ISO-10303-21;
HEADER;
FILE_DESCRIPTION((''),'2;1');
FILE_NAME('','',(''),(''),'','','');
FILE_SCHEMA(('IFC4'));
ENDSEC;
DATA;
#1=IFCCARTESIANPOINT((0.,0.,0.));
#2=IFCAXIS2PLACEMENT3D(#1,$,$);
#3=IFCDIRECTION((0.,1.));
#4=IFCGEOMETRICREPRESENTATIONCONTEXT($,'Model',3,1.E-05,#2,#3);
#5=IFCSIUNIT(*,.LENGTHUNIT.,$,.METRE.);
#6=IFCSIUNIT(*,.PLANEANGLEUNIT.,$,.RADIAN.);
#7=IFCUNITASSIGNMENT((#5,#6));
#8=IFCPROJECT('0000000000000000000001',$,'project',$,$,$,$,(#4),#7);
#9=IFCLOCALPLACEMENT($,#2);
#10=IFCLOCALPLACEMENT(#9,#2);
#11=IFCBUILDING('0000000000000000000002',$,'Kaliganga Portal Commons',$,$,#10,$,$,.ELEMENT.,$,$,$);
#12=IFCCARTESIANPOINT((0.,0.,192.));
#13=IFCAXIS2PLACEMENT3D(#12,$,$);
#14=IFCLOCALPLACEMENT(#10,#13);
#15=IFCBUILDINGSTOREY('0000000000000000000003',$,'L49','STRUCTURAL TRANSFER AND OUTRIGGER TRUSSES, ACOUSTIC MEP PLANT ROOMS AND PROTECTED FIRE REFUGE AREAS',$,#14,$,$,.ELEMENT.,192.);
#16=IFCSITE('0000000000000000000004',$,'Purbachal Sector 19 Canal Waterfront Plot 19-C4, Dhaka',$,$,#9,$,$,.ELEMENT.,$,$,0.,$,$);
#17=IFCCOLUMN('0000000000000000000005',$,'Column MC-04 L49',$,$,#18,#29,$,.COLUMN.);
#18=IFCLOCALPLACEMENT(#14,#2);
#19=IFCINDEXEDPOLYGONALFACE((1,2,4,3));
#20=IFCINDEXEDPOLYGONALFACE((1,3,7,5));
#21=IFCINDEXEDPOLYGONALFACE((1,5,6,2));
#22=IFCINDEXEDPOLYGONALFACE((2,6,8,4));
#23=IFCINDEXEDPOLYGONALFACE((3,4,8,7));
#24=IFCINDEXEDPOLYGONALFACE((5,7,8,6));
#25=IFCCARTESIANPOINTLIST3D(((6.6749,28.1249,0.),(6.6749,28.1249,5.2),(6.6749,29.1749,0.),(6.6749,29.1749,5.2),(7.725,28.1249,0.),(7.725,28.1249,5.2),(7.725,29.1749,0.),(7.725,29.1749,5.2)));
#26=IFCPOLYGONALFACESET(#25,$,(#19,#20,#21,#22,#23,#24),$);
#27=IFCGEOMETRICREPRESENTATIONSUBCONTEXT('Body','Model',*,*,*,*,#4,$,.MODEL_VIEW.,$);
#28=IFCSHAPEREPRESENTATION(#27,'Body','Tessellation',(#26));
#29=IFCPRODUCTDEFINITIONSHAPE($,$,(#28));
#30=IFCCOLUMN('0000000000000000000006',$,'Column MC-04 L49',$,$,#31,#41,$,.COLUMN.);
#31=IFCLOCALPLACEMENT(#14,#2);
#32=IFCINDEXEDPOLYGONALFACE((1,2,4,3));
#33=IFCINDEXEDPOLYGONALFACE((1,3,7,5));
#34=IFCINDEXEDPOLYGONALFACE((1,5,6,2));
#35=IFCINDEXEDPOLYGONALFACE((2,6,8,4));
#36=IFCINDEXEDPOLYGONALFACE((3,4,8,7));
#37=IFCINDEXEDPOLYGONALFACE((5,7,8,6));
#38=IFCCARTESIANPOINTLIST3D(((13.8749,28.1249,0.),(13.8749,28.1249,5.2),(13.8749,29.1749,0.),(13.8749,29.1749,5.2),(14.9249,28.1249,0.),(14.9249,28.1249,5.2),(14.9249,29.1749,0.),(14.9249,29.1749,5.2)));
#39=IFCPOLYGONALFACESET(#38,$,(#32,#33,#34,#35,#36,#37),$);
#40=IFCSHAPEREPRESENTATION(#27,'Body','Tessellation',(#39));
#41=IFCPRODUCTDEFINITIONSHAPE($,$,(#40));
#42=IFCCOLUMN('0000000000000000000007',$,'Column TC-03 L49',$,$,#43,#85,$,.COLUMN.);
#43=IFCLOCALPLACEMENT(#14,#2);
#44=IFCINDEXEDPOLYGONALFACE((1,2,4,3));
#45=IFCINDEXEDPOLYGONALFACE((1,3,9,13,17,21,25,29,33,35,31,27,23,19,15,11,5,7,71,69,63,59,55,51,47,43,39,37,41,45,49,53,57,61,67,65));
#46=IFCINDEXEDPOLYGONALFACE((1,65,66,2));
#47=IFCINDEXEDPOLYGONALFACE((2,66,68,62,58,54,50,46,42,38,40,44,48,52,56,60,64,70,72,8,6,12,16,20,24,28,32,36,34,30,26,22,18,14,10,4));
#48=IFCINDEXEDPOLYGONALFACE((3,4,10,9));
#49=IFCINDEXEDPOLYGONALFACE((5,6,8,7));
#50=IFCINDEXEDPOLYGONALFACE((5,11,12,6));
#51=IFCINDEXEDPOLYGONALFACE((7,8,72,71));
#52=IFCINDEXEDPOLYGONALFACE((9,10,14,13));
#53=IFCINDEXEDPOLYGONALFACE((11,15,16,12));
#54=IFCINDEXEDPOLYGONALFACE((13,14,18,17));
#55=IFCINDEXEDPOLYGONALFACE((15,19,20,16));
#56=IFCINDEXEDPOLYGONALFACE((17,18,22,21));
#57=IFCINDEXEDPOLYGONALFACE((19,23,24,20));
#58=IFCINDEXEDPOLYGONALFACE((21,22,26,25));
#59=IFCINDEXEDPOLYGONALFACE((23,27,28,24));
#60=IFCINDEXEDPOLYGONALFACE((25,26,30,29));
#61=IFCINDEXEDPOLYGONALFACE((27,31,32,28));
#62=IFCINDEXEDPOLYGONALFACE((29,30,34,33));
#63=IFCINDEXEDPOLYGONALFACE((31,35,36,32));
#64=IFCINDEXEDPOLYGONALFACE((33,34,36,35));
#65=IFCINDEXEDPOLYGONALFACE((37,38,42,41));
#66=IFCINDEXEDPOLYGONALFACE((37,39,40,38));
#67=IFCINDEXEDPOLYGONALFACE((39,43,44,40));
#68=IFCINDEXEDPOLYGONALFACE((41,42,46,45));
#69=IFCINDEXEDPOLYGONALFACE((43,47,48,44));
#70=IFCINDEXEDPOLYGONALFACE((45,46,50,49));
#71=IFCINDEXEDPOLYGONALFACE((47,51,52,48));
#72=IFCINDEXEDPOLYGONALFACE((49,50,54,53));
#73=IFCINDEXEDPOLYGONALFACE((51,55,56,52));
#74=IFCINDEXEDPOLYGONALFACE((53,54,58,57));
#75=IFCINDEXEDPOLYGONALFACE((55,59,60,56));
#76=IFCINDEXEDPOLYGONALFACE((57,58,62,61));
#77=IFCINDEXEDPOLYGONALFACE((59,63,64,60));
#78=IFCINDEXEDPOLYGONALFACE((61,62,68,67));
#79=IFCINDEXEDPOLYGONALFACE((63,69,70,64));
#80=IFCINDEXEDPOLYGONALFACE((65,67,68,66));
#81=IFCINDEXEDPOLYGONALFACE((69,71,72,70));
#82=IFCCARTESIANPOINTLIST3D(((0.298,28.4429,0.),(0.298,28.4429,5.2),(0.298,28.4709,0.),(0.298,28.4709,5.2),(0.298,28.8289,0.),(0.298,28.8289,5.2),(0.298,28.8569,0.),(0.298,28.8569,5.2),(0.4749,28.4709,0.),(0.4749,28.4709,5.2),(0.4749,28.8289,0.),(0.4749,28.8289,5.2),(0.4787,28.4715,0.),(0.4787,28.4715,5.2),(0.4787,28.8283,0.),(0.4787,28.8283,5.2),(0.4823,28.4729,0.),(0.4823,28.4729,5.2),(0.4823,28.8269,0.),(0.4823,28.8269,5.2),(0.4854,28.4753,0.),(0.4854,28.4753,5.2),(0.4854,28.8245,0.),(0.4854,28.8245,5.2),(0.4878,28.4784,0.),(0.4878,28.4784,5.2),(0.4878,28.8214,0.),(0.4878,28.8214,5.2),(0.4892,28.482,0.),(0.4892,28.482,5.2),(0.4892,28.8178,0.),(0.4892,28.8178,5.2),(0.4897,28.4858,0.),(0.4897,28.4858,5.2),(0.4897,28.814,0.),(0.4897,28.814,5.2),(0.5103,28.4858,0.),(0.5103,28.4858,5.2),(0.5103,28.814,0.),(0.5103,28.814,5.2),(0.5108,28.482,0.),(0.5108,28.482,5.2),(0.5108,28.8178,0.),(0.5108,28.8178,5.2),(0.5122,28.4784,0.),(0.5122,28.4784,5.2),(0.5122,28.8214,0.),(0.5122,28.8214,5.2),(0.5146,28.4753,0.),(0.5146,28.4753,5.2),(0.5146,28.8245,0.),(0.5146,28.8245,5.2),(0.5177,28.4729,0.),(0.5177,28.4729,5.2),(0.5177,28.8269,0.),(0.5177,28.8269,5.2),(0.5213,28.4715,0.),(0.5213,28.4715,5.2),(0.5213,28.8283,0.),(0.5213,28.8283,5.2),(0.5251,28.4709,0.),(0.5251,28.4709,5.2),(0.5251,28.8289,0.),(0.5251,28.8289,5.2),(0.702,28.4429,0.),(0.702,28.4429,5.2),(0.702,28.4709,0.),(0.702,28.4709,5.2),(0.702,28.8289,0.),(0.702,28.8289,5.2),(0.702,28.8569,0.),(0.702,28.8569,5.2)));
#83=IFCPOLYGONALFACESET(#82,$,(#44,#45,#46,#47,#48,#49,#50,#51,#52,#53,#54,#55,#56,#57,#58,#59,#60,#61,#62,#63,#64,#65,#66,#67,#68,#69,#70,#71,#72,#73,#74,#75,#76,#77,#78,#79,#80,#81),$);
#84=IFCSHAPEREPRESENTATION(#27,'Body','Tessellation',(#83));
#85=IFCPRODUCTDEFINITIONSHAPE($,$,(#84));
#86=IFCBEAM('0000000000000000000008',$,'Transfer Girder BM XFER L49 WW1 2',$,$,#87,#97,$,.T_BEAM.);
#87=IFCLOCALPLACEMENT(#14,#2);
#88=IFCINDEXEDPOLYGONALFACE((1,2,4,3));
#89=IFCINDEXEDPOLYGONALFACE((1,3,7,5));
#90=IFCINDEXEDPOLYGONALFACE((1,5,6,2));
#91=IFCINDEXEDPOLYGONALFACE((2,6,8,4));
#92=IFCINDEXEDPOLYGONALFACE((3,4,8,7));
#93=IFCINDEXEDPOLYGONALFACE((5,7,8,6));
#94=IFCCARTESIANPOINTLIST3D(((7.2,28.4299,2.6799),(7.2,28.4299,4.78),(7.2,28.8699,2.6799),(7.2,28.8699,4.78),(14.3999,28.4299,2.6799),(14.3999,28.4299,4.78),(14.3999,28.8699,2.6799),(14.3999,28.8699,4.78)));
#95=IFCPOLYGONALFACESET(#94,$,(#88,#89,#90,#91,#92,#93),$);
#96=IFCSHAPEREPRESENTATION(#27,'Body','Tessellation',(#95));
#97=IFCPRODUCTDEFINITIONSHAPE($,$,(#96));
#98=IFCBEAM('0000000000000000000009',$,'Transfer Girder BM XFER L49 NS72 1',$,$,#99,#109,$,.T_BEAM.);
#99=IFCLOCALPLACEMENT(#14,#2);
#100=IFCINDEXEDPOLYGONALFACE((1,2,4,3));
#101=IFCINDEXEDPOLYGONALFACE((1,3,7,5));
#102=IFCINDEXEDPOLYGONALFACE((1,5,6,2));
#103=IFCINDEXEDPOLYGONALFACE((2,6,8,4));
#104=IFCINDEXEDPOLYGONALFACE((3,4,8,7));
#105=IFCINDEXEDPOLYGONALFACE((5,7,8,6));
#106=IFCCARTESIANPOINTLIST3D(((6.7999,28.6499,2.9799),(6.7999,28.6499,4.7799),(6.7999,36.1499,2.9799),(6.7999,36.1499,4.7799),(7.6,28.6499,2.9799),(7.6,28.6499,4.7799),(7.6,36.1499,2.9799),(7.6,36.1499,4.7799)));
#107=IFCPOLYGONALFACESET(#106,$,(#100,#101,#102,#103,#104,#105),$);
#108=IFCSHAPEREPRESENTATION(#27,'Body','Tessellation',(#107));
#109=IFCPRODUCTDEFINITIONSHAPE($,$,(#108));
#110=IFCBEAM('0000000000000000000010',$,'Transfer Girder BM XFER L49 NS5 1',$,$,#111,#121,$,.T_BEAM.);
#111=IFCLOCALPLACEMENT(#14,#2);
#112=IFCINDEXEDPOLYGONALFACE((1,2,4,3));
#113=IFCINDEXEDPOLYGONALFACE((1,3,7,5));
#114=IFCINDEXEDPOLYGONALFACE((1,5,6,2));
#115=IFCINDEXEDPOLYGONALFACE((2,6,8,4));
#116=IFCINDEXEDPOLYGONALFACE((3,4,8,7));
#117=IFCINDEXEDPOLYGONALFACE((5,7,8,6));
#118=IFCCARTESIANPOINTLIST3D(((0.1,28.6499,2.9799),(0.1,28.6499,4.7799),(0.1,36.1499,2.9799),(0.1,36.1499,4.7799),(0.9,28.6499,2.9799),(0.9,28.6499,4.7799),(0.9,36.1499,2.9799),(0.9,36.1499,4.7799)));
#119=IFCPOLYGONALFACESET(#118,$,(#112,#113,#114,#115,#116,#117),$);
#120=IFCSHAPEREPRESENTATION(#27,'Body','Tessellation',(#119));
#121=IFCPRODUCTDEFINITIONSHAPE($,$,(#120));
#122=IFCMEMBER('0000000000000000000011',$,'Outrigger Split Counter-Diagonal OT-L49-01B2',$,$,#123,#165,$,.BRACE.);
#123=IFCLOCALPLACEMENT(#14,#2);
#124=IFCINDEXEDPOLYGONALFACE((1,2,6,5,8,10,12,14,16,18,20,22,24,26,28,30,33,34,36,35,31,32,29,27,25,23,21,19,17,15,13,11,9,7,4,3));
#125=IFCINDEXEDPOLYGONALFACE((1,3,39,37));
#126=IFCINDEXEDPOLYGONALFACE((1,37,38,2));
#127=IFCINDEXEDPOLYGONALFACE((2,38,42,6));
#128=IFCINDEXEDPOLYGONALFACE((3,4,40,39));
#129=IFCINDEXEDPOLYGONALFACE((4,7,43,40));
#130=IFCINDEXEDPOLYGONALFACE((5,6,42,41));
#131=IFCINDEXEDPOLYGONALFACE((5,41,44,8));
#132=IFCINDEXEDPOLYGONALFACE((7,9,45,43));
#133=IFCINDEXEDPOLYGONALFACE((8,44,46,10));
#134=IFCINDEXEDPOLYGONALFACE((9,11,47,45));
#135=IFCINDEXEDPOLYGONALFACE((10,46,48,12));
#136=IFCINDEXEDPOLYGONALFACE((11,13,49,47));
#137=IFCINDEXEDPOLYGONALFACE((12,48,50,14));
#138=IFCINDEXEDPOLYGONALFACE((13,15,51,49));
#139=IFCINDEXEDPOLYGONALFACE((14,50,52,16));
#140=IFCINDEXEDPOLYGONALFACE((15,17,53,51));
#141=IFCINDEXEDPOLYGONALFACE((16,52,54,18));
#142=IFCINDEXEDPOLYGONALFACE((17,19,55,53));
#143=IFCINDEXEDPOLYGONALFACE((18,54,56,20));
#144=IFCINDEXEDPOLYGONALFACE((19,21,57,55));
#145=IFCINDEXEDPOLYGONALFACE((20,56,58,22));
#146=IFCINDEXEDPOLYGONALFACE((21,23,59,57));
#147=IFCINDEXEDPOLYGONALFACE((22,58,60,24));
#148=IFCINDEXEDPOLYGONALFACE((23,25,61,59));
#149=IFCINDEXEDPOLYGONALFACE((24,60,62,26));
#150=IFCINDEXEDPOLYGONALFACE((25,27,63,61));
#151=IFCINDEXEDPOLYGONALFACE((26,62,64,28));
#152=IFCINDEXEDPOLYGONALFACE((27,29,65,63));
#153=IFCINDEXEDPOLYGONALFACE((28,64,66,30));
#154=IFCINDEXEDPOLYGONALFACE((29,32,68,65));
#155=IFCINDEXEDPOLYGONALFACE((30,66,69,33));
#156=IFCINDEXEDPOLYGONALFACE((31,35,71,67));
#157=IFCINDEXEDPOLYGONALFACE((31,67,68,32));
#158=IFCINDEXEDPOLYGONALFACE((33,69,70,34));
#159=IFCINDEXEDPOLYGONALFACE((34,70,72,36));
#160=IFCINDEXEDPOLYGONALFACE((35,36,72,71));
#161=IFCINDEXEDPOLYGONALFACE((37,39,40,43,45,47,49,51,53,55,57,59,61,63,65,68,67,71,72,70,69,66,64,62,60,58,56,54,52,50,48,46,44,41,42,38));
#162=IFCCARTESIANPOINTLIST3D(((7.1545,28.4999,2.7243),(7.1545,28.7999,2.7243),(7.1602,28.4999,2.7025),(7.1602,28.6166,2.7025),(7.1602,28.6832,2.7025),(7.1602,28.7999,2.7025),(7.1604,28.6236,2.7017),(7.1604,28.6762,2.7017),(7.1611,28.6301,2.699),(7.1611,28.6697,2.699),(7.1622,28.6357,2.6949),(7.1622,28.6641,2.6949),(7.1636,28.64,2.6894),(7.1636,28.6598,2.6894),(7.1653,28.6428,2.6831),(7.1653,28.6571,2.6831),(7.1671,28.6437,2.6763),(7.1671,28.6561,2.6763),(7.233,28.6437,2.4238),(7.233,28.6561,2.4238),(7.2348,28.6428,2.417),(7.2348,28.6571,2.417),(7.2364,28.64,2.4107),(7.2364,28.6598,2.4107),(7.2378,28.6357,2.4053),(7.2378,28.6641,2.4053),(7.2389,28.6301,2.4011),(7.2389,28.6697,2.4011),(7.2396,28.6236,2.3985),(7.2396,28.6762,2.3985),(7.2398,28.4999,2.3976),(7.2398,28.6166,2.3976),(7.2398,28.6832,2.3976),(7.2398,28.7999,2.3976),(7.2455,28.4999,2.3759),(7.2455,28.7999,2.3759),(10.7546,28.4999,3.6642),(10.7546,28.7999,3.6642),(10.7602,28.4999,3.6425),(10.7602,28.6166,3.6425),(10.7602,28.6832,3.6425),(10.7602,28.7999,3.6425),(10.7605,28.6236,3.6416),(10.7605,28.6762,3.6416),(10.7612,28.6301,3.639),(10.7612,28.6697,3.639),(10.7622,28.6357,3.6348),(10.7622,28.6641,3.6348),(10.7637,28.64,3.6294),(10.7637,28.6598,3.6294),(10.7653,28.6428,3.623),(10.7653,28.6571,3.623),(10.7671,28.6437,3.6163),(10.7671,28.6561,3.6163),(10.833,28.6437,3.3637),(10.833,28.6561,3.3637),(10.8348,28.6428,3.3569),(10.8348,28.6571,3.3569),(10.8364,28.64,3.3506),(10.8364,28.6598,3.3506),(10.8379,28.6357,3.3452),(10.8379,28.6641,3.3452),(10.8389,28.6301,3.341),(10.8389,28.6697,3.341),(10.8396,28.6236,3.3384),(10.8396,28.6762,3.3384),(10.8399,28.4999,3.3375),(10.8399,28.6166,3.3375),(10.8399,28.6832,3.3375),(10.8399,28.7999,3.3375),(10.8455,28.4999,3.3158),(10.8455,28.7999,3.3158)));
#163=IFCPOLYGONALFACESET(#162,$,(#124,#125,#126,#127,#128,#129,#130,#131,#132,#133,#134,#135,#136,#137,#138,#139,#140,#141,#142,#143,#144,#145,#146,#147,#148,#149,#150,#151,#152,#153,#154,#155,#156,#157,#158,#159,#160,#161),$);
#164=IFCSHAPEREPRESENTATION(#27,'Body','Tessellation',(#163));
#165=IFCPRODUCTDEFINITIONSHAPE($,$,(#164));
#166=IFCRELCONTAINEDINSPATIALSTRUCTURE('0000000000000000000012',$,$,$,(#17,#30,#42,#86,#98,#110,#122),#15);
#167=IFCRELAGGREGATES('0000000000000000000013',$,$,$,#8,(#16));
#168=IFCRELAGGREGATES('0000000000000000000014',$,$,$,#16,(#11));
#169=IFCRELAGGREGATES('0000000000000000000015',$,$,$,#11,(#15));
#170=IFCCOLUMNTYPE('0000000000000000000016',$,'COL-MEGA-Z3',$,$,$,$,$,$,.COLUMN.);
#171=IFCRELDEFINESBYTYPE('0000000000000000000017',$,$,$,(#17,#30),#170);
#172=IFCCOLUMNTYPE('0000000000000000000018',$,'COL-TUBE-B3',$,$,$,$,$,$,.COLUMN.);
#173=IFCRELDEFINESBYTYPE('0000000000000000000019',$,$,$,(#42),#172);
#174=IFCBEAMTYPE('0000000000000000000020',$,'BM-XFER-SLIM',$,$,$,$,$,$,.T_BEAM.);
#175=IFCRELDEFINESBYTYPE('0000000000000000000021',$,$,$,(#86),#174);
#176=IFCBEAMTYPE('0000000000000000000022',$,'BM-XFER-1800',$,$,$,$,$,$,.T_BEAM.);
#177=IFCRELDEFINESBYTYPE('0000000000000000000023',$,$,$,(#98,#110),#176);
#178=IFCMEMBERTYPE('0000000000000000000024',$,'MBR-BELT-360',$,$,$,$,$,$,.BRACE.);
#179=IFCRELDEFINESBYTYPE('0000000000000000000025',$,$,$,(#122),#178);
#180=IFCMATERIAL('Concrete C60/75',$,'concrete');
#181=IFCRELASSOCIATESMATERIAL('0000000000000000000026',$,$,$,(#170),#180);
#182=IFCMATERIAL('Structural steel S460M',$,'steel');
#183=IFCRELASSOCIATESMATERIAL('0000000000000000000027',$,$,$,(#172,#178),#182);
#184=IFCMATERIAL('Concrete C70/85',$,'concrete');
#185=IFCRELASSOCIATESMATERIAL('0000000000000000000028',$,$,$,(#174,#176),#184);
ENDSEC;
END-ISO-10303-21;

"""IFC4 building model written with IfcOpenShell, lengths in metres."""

from ifc_helpers import new_model, si_unit, direction, frame, origin, origin_2d, place, context, subcontext, project, spatial, rectangle, i_section, extrude, source, transform, mapped, material, material_profile, profile_set, type_object, element, save


model = new_model("IFC4")

# Units and contexts
model_context = context("Model", 3, precision=1e-05, world=origin(), true_north=direction((0.0, 1.0)))
body_context = subcontext(model_context, "Body", "Model", "MODEL_VIEW")
ifc_project = project(units=[si_unit("LENGTHUNIT", "METRE"), si_unit("PLANEANGLEUNIT", "RADIAN")], contexts=[model_context])

# Site, building, storey
site_placement = place(None, origin())
site = spatial("IfcSite", under=ifc_project, at=site_placement, Name="Purbachal Sector 19 Canal Waterfront Plot 19-C4, Dhaka", CompositionType="ELEMENT", RefElevation=0.0)
building_placement = place(site_placement, origin())
building = spatial("IfcBuilding", under=site, at=building_placement, Name="Kaliganga Portal Commons", CompositionType="ELEMENT")
storey_placement = place(building_placement, frame((0.0, 0.0, 192.0)))
storey = spatial("IfcBuildingStorey", under=building, at=storey_placement, Name="L49", Description="STRUCTURAL TRANSFER AND OUTRIGGER TRUSSES, ACOUSTIC MEP PLANT ROOMS AND PROTECTED FIRE REFUGE AREAS", CompositionType="ELEMENT", Elevation=192.0)

# Columns
ifc_material_1 = material(Name="Concrete C60/75", Category="concrete")
ifc_material_profile_1 = material_profile(ifc_material_1, rectangle(XDim=1.05, YDim=1.05, at=origin_2d()), Name="RC 1050x1050")
ifc_profile_set_1 = profile_set([ifc_material_profile_1], Name="Concrete C60/75")
column_type_1 = type_object("IfcColumnType", Name="COL-MEGA-Z3", PredefinedType="COLUMN", material=ifc_profile_set_1)
shared_shape_1 = source(origin(), body_context, "Body", "SweptSolid", [
    extrude(rectangle(XDim=1.05, YDim=1.05, at=origin_2d()), origin(), (0.0, 0.0, 1.0), 5.2),
])
for number, where, z_axis, x_axis, name in (
    (1, (7.2, 28.6499, 0.0), (0.0, 0.0, 1.0), (1.0, 0.0, 0.0), "Column MC-04 L49"),
    (2, (14.3999, 28.6499, 0.0), (0.0, 0.0, 1.0), (1.0, 0.0, 0.0), "Column MC-04 L49"),
):
    element("IfcColumn", number, at=place(storey_placement, frame(where, z_axis=z_axis, x_axis=x_axis)), inside=storey, type_object=column_type_1, Name=name, PredefinedType="COLUMN", context=body_context, shape_type="MappedRepresentation", body=[
        mapped(shared_shape_1, transform((0.0, 0.0, 0.0), x_axis=(1.0, 0.0, 0.0), y_axis=(0.0, 1.0, 0.0), z_axis=(0.0, 0.0, 1.0), scale=1.0)),
    ])
ifc_material_2 = material(Name="Structural steel S460M", Category="steel")
ifc_material_profile_2 = material_profile(ifc_material_2, i_section(OverallWidth=0.4041, OverallDepth=0.4141, WebThickness=0.0205, FlangeThickness=0.0281, FilletRadius=0.0149, at=origin_2d()), Name="HD 400x347")
ifc_profile_set_2 = profile_set([ifc_material_profile_2], Name="Structural steel S460M wide-flange")
column_type_2 = type_object("IfcColumnType", Name="COL-TUBE-B3", PredefinedType="COLUMN", material=ifc_profile_set_2)
shared_shape_2 = source(origin(), body_context, "Body", "SweptSolid", [
    extrude(i_section(OverallWidth=0.4041, OverallDepth=0.4141, WebThickness=0.0205, FlangeThickness=0.0281, FilletRadius=0.0149, at=origin_2d()), origin(), (0.0, 0.0, 1.0), 5.2),
])
column_placement = place(storey_placement, frame((0.5, 28.6499, 0.0), z_axis=(0.0, 0.0, 1.0), x_axis=(1.0, 0.0, 0.0)))
element("IfcColumn", 3, at=column_placement, inside=storey, type_object=column_type_2, Name="Column TC-03 L49", PredefinedType="COLUMN", context=body_context, shape_type="MappedRepresentation", body=[
    mapped(shared_shape_2, transform((0.0, 0.0, 0.0), x_axis=(1.0, 0.0, 0.0), y_axis=(0.0, 1.0, 0.0), z_axis=(0.0, 0.0, 1.0), scale=1.0)),
])

# Beams
ifc_material_3 = material(Name="Concrete C70/85", Category="concrete")
ifc_material_profile_3 = material_profile(ifc_material_3, rectangle(XDim=0.4399, YDim=2.1001, at=origin_2d()), Name="RC 440x2100")
ifc_profile_set_3 = profile_set([ifc_material_profile_3], Name="Concrete C70/85")
beam_type_1 = type_object("IfcBeamType", Name="BM-XFER-SLIM", PredefinedType="T_BEAM", material=ifc_profile_set_3)
shared_shape_3 = source(origin(), body_context, "Body", "SweptSolid", [
    extrude(rectangle(XDim=0.4399, YDim=2.1001, at=origin_2d()), origin(), (0.0, 0.0, 1.0), 7.2),
])
beam_1_placement = place(storey_placement, frame((7.2, 28.6499, 3.73), z_axis=(1.0, 0.0, 0.0), x_axis=(0.0, 1.0, 0.0)))
element("IfcBeam", 4, at=beam_1_placement, inside=storey, type_object=beam_type_1, Name="Transfer Girder BM XFER L49 WW1 2", PredefinedType="T_BEAM", context=body_context, shape_type="MappedRepresentation", body=[
    mapped(shared_shape_3, transform((0.0, 0.0, 0.0), x_axis=(1.0, 0.0, 0.0), y_axis=(0.0, 1.0, 0.0), z_axis=(0.0, 0.0, 1.0), scale=1.0)),
])
ifc_material_profile_4 = material_profile(ifc_material_3, rectangle(XDim=0.8, YDim=1.8, at=origin_2d()), Name="RC 800x1800")
ifc_profile_set_4 = profile_set([ifc_material_profile_4], Name="Concrete C70/85")
beam_type_2 = type_object("IfcBeamType", Name="BM-XFER-1800", PredefinedType="T_BEAM", material=ifc_profile_set_4)
shared_shape_4 = source(origin(), body_context, "Body", "SweptSolid", [
    extrude(rectangle(XDim=0.8, YDim=1.8, at=origin_2d()), origin(), (0.0, 0.0, 1.0), 7.5),
])
for number, where, z_axis, x_axis, name in (
    (5, (7.2, 28.6499, 3.8799), (0.0, 1.0, 0.0), (-1.0, 0.0, 0.0), "Transfer Girder BM XFER L49 NS72 1"),
    (6, (0.5, 28.6499, 3.8799), (0.0, 1.0, 0.0), (-1.0, 0.0, 0.0), "Transfer Girder BM XFER L49 NS5 1"),
):
    element("IfcBeam", number, at=place(storey_placement, frame(where, z_axis=z_axis, x_axis=x_axis)), inside=storey, type_object=beam_type_2, Name=name, PredefinedType="T_BEAM", context=body_context, shape_type="MappedRepresentation", body=[
        mapped(shared_shape_4, transform((0.0, 0.0, 0.0), x_axis=(1.0, 0.0, 0.0), y_axis=(0.0, 1.0, 0.0), z_axis=(0.0, 0.0, 1.0), scale=1.0)),
    ])

# Member
ifc_material_profile_5 = material_profile(ifc_material_2, i_section(OverallWidth=0.3, OverallDepth=0.3601, WebThickness=0.0125, FlangeThickness=0.0225, FilletRadius=0.0271, at=origin_2d()), Name="HE 360 B")
ifc_profile_set_5 = profile_set([ifc_material_profile_5], Name="Structural steel S460M wide-flange")
member_type_1 = type_object("IfcMemberType", Name="MBR-BELT-360", PredefinedType="BRACE", material=ifc_profile_set_5)
shared_shape_5 = source(origin(), body_context, "Body", "SweptSolid", [
    extrude(i_section(OverallWidth=0.3, OverallDepth=0.3601, WebThickness=0.0125, FlangeThickness=0.0225, FilletRadius=0.0271, at=origin_2d()), origin(), (0.0, 0.0, 1.0), 3.7207),
])
member_1_placement = place(storey_placement, frame((10.8, 28.6499, 3.49), z_axis=(-0.967566, 0.0, -0.25262), x_axis=(0.0, -1.0, 0.0)))
element("IfcMember", 7, at=member_1_placement, inside=storey, type_object=member_type_1, Name="Outrigger Split Counter-Diagonal OT-L49-01B2", PredefinedType="BRACE", context=body_context, shape_type="MappedRepresentation", body=[
    mapped(shared_shape_5, transform((0.0, 0.0, 0.0), x_axis=(1.0, 0.0, 0.0), y_axis=(0.0, 1.0, 0.0), z_axis=(0.0, 0.0, 1.0), scale=1.0)),
])

save(model, "model.ifc")
